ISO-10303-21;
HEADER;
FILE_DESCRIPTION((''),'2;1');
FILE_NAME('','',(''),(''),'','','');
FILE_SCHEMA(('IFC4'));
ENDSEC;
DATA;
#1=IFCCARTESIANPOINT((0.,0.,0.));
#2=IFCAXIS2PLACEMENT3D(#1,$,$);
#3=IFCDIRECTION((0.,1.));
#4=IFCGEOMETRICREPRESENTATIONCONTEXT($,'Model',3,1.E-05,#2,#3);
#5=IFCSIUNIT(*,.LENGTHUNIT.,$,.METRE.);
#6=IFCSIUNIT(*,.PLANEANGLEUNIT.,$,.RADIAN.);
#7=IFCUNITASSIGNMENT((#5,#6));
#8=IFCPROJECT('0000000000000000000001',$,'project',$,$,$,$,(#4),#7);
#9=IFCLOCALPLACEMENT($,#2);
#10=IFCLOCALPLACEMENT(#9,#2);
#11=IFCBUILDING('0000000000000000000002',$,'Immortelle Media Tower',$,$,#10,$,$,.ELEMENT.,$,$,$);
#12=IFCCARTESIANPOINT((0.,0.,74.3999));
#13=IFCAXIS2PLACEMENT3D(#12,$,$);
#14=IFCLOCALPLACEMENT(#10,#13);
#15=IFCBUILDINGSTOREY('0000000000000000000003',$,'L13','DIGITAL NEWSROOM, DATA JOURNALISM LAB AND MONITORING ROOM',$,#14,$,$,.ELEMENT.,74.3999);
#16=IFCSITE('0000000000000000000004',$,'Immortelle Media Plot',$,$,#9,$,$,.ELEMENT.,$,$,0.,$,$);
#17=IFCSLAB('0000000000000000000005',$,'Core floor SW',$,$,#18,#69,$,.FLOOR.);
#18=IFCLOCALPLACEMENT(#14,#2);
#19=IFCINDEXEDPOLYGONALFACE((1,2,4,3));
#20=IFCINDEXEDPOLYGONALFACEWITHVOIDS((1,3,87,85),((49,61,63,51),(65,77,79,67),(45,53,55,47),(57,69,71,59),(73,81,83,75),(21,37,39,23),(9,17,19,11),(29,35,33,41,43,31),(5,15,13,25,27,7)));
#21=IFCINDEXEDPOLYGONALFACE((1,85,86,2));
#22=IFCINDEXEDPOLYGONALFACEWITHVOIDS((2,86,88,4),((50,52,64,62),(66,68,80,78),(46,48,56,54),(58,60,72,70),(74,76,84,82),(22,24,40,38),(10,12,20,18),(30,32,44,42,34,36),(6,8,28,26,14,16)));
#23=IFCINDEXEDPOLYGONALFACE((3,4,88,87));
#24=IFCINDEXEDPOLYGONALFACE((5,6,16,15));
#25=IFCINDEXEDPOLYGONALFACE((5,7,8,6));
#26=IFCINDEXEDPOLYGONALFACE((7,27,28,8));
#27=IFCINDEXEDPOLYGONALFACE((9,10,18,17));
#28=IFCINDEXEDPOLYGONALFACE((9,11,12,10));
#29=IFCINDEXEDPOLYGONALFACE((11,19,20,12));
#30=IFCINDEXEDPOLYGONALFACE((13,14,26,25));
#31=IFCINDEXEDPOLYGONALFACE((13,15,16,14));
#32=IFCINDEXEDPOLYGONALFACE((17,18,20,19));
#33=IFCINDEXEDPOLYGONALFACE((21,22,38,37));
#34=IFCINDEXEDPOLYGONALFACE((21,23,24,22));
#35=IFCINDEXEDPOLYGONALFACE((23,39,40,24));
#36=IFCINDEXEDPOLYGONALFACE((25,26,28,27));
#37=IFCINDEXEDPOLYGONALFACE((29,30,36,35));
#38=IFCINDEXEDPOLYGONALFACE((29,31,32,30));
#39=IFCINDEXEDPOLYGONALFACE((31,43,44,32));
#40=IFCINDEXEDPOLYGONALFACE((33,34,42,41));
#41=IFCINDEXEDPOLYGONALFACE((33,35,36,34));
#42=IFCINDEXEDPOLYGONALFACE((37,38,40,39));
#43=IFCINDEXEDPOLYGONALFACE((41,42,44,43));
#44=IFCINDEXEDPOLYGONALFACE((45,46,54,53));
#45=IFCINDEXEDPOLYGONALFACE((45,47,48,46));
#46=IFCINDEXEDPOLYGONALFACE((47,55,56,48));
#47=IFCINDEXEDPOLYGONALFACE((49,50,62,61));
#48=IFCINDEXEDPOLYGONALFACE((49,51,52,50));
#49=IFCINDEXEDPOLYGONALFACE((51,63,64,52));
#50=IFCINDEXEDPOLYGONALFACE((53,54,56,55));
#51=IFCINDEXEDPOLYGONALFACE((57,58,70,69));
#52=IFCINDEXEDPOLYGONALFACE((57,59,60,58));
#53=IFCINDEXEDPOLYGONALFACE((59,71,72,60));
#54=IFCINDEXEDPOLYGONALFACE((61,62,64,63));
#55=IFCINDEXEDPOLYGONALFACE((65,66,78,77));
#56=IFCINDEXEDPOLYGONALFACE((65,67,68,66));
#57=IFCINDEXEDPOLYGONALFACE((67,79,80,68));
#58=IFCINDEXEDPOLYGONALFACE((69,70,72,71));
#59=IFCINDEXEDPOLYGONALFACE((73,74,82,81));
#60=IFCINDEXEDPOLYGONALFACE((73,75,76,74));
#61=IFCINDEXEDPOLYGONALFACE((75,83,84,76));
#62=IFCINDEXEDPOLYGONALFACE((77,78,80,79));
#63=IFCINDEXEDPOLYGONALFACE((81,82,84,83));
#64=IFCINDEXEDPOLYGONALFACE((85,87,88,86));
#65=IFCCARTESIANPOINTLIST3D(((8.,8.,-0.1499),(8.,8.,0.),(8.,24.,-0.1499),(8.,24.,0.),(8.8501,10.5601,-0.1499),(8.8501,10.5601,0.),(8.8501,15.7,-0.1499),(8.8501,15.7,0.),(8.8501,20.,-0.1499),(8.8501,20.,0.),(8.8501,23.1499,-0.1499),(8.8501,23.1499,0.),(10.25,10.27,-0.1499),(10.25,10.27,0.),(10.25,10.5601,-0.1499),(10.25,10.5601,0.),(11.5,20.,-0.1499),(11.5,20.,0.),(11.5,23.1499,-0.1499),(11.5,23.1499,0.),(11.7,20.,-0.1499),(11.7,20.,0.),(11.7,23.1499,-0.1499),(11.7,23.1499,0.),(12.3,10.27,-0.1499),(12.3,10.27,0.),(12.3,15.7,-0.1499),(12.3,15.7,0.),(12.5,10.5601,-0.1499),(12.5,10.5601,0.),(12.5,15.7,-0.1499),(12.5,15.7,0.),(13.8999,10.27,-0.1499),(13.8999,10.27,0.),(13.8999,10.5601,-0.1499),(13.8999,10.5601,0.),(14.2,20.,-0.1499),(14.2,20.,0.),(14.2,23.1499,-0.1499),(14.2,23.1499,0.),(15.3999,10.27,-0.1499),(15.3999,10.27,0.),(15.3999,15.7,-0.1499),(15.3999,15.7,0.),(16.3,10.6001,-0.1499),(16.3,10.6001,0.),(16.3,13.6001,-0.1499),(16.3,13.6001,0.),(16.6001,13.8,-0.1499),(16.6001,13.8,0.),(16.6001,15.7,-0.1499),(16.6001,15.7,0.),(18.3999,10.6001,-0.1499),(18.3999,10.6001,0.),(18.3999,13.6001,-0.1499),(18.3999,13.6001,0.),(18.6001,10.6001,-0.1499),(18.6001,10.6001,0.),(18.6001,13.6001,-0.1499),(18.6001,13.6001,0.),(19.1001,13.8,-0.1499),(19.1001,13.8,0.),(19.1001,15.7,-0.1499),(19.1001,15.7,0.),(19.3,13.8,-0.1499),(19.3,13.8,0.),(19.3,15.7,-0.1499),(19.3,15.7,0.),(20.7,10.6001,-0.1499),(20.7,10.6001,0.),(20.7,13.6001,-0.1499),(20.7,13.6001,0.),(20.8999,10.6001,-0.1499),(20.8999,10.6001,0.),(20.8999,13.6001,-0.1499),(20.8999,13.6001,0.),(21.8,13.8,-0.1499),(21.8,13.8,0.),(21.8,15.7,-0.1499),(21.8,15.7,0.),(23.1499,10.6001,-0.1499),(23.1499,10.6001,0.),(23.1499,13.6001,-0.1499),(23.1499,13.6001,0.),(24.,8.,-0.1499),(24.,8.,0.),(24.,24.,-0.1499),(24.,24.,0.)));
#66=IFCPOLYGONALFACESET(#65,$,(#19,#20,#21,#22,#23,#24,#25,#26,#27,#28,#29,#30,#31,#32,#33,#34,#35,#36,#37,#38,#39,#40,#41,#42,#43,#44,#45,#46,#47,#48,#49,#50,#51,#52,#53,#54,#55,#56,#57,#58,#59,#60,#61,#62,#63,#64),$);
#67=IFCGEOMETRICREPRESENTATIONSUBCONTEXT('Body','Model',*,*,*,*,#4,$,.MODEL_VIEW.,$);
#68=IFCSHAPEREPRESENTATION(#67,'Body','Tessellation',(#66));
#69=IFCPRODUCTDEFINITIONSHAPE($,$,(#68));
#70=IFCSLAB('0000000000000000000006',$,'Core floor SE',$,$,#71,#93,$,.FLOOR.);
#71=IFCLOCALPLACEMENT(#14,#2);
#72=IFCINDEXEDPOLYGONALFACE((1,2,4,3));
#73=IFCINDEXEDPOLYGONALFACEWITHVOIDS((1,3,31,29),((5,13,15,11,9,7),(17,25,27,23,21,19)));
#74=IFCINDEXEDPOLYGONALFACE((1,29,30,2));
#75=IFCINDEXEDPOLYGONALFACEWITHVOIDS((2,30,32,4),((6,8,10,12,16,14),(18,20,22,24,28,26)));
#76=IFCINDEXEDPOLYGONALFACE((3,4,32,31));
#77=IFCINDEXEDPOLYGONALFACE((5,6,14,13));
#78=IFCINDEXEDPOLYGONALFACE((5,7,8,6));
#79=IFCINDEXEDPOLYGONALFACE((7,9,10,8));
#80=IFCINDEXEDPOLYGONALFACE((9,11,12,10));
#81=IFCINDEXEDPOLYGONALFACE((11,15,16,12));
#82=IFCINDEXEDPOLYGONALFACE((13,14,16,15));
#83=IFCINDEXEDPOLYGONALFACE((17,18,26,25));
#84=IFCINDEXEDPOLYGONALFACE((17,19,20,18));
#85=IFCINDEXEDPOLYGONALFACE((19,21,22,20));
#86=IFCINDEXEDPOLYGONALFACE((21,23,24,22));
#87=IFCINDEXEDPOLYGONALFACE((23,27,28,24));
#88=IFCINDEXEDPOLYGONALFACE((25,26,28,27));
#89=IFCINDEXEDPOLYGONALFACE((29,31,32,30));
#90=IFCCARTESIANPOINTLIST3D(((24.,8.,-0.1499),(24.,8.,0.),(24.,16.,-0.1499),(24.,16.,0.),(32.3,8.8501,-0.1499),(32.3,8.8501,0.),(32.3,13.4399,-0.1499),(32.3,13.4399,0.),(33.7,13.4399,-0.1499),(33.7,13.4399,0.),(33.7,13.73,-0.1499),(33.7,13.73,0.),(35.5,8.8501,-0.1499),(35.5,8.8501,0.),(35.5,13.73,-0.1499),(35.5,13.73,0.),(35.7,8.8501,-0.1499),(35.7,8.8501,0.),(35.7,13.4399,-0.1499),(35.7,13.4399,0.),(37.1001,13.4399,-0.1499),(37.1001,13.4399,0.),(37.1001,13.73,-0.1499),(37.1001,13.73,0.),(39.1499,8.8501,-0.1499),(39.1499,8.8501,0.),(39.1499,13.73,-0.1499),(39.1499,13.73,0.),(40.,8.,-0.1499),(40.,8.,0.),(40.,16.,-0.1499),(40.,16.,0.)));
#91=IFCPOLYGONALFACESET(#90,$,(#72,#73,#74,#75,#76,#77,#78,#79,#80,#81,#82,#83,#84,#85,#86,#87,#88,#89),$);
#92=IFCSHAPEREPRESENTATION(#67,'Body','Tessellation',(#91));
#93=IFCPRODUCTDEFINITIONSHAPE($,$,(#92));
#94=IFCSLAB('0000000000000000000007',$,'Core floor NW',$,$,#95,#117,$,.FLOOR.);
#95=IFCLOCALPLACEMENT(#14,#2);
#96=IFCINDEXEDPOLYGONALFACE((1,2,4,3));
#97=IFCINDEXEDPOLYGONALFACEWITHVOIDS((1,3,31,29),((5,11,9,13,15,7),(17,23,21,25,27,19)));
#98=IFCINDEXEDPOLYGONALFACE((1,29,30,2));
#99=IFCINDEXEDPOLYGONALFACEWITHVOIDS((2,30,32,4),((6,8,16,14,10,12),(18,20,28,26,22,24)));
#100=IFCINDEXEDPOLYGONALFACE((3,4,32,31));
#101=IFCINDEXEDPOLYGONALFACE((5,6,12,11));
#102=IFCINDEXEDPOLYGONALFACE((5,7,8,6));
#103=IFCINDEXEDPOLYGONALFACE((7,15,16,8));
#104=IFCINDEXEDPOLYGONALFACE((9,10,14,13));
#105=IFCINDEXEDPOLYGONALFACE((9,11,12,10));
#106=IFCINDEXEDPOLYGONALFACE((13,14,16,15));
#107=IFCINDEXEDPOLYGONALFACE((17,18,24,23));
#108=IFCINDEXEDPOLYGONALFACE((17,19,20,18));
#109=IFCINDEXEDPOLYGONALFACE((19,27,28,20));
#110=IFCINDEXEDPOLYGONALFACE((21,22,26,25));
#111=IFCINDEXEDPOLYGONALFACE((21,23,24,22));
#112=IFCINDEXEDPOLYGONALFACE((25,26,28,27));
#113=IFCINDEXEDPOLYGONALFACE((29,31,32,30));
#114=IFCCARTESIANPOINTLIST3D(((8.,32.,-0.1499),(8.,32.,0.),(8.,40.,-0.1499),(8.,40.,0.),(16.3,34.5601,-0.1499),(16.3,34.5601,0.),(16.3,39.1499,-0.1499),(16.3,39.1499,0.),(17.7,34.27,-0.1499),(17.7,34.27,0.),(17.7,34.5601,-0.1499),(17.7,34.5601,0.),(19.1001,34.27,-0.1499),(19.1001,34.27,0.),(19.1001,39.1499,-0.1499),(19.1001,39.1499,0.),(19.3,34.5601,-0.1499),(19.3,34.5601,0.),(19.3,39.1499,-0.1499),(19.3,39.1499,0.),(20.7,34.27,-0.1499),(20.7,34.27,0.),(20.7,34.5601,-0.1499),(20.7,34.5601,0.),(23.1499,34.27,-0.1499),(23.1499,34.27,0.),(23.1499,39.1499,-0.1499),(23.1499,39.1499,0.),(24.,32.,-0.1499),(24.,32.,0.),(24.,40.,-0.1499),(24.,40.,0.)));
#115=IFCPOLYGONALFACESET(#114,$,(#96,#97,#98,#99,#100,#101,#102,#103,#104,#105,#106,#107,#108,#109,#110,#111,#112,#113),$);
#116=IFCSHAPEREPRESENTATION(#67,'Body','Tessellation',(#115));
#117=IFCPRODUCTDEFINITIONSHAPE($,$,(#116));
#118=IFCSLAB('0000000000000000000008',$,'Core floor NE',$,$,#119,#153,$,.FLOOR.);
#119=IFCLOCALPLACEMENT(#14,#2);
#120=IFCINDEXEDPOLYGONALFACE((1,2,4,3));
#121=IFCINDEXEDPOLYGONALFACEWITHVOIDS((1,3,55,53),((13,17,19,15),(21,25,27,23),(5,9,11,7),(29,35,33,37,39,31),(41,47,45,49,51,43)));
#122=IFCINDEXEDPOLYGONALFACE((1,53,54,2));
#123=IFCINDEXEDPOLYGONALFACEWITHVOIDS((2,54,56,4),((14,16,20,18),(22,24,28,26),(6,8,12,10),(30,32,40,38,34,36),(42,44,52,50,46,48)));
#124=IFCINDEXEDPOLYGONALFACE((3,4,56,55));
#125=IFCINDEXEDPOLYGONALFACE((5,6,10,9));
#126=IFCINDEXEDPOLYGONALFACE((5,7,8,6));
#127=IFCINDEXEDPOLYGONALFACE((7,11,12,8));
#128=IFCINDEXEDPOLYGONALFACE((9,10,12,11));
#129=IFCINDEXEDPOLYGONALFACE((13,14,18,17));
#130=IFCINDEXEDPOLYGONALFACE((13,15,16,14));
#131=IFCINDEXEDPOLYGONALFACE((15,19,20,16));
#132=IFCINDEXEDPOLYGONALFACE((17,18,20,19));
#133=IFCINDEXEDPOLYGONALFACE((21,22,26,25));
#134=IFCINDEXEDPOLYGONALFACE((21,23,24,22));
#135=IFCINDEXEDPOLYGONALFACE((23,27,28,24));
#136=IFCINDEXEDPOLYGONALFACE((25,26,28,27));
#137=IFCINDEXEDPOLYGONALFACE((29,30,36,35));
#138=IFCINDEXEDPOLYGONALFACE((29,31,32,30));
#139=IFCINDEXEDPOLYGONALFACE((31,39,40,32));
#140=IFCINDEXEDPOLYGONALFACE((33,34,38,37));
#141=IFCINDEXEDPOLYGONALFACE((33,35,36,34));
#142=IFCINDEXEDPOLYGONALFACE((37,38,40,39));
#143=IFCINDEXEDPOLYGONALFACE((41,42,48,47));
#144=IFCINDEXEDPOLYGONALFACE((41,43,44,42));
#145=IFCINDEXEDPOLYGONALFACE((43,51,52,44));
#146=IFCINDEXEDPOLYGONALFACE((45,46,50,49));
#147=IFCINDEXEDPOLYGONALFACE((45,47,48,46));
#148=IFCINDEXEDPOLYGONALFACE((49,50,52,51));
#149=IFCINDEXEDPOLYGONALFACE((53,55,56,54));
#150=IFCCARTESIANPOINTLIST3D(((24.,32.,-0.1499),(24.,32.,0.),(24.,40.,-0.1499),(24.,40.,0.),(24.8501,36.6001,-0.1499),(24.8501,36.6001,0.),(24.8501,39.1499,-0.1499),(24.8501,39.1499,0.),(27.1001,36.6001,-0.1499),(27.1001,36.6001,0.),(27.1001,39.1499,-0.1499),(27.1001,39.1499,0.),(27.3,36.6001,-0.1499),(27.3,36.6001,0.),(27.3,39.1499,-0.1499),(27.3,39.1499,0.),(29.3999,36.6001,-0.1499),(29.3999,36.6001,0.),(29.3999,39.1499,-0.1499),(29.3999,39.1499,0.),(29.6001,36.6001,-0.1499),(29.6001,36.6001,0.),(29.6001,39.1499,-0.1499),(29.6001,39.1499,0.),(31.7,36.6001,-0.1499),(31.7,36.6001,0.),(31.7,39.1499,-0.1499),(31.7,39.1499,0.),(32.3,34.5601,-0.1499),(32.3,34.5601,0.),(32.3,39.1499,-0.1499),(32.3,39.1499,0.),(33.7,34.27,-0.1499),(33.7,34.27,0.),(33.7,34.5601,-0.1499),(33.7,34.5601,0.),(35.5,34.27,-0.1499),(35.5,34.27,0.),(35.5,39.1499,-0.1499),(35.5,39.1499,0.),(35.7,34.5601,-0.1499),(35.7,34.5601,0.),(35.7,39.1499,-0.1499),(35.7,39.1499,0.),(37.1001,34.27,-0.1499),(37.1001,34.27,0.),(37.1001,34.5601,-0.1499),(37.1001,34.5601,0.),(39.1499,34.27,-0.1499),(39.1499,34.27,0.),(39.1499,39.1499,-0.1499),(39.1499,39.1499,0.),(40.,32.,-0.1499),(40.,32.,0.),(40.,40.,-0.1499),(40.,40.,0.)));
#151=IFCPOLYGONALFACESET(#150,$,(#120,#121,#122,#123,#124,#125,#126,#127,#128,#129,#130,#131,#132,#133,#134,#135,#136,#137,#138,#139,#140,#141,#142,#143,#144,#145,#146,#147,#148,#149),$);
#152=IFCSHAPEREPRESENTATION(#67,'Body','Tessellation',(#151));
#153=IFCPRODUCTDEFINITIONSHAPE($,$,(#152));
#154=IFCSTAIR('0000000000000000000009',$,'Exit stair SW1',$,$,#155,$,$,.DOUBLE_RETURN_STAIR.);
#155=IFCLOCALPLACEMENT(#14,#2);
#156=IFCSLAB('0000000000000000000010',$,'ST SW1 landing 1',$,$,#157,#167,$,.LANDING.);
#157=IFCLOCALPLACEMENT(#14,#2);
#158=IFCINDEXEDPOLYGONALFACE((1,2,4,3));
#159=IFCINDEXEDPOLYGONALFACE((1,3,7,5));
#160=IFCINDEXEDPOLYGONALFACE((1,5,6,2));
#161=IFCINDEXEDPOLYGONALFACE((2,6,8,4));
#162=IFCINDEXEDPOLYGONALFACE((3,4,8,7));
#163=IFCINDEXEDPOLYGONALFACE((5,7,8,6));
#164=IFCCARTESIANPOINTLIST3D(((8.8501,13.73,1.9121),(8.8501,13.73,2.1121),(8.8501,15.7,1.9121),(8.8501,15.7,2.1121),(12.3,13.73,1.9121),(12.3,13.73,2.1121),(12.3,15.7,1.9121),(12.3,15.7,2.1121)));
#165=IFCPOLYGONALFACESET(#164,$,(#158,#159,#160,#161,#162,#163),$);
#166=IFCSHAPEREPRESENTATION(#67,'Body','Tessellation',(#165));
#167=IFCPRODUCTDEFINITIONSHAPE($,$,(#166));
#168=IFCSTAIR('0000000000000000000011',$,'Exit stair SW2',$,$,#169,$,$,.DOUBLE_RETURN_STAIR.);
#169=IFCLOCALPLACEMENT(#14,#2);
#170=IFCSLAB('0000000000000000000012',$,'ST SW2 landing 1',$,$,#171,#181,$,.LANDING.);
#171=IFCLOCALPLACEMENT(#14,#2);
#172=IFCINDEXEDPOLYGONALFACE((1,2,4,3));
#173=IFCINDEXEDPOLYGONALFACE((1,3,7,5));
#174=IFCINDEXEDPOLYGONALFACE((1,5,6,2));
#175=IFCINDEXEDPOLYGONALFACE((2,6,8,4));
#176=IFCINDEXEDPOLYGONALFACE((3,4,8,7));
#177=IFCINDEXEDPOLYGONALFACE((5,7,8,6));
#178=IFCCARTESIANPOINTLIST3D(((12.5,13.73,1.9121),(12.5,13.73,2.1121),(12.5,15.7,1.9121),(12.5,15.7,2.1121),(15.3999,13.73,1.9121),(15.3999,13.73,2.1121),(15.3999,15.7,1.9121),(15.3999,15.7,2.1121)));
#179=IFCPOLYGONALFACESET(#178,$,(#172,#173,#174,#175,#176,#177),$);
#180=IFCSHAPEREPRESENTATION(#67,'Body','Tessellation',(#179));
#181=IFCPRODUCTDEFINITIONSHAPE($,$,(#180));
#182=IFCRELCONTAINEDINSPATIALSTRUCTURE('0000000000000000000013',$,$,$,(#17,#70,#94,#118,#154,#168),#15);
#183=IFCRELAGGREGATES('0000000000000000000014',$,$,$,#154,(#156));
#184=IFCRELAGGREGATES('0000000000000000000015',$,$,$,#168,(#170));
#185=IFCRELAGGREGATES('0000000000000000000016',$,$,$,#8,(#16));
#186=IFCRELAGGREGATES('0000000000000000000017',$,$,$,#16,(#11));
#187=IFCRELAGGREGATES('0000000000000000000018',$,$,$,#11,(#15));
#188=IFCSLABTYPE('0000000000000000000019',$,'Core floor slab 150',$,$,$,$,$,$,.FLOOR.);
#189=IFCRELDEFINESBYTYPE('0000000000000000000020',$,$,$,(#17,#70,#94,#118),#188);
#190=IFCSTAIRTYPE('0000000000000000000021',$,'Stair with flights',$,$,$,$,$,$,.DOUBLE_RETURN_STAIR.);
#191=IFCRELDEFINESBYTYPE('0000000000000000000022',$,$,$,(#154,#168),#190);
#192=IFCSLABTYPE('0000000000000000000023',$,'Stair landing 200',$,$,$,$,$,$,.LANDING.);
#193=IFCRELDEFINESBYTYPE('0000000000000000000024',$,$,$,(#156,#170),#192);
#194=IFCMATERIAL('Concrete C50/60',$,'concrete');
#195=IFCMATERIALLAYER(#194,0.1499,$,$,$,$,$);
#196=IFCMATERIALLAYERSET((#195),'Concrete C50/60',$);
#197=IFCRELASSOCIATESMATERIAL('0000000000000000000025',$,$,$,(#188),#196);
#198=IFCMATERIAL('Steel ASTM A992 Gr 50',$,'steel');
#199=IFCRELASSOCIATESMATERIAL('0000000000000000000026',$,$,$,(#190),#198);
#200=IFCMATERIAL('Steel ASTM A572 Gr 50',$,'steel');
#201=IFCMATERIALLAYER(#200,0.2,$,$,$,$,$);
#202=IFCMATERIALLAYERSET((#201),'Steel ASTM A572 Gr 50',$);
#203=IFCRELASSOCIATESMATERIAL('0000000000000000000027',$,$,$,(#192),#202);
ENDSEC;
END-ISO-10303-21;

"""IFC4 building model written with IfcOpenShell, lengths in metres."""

from ifc_helpers import new_model, si_unit, direction, frame, origin, place, context, subcontext, project, spatial, polyline, outline, extrude, material, layer, layer_set, type_object, element, aggregate, save


model = new_model("IFC4")

# Units and contexts
model_context = context("Model", 3, precision=1e-05, world=origin(), true_north=direction((0.0, 1.0)))
body_context = subcontext(model_context, "Body", "Model", "MODEL_VIEW")
ifc_project = project(units=[si_unit("LENGTHUNIT", "METRE"), si_unit("PLANEANGLEUNIT", "RADIAN")], contexts=[model_context])

# Site, building, storey
site_placement = place(None, origin())
site = spatial("IfcSite", under=ifc_project, at=site_placement, Name="Immortelle Media Plot", CompositionType="ELEMENT", RefElevation=0.0)
building_placement = place(site_placement, origin())
building = spatial("IfcBuilding", under=site, at=building_placement, Name="Immortelle Media Tower", CompositionType="ELEMENT")
storey_placement = place(building_placement, frame((0.0, 0.0, 74.3999)))
storey = spatial("IfcBuildingStorey", under=building, at=storey_placement, Name="L13", Description="DIGITAL NEWSROOM, DATA JOURNALISM LAB AND MONITORING ROOM", CompositionType="ELEMENT", Elevation=74.3999)

# Slabs
ifc_material_1 = material(Name="Concrete C50/60", Category="concrete")
ifc_layer_1 = layer(ifc_material_1, 0.1499)
ifc_layer_set_1 = layer_set([ifc_layer_1], Name="Concrete C50/60")
slab_type_1 = type_object("IfcSlabType", Name="Core floor slab 150", PredefinedType="FLOOR", material=ifc_layer_set_1)
slab_1_placement = place(storey_placement, frame((0.0, 0.0, -0.1499)))
element("IfcSlab", 1, at=slab_1_placement, inside=storey, type_object=slab_type_1, Name="Core floor SW", PredefinedType="FLOOR", context=body_context, shape_type="SweptSolid", body=[
    extrude(outline(polyline([(8.0, 8.0), (24.0, 8.0), (24.0, 24.0), (8.0, 24.0), (8.0, 8.0)]), holes=[polyline([(8.8501, 20.0), (11.5, 20.0), (11.5, 23.1499), (8.8501, 23.1499), (8.8501, 20.0)]), polyline([(11.7, 20.0), (14.2, 20.0), (14.2, 23.1499), (11.7, 23.1499), (11.7, 20.0)]), polyline([(16.6001, 13.8), (19.1001, 13.8), (19.1001, 15.7), (16.6001, 15.7), (16.6001, 13.8)]), polyline([(19.3, 13.8), (21.8, 13.8), (21.8, 15.7), (19.3, 15.7), (19.3, 13.8)]), polyline([(16.3, 10.6001), (18.3999, 10.6001), (18.3999, 13.6001), (16.3, 13.6001), (16.3, 10.6001)]), polyline([(18.6001, 10.6001), (20.7, 10.6001), (20.7, 13.6001), (18.6001, 13.6001), (18.6001, 10.6001)]), polyline([(20.8999, 10.6001), (23.1499, 10.6001), (23.1499, 13.6001), (20.8999, 13.6001), (20.8999, 10.6001)]), polyline([(8.8501, 15.7), (12.3, 15.7), (12.3, 10.27), (10.25, 10.27), (10.25, 10.5601), (8.8501, 10.5601), (8.8501, 15.7)]), polyline([(12.5, 15.7), (15.3999, 15.7), (15.3999, 10.27), (13.8999, 10.27), (13.8999, 10.5601), (12.5, 10.5601), (12.5, 15.7)])]), origin(), (0.0, 0.0, 1.0), 0.1499),
])
slab_2_placement = place(storey_placement, frame((0.0, 0.0, -0.1499)))
element("IfcSlab", 2, at=slab_2_placement, inside=storey, type_object=slab_type_1, Name="Core floor SE", PredefinedType="FLOOR", context=body_context, shape_type="SweptSolid", body=[
    extrude(outline(polyline([(24.0, 8.0), (40.0, 8.0), (40.0, 16.0), (24.0, 16.0), (24.0, 8.0)]), holes=[polyline([(35.5, 13.73), (35.5, 8.8501), (32.3, 8.8501), (32.3, 13.4399), (33.7, 13.4399), (33.7, 13.73), (35.5, 13.73)]), polyline([(39.1499, 13.73), (39.1499, 8.8501), (35.7, 8.8501), (35.7, 13.4399), (37.1001, 13.4399), (37.1001, 13.73), (39.1499, 13.73)])]), origin(), (0.0, 0.0, 1.0), 0.1499),
])
slab_3_placement = place(storey_placement, frame((0.0, 0.0, -0.1499)))
element("IfcSlab", 3, at=slab_3_placement, inside=storey, type_object=slab_type_1, Name="Core floor NW", PredefinedType="FLOOR", context=body_context, shape_type="SweptSolid", body=[
    extrude(outline(polyline([(8.0, 32.0), (24.0, 32.0), (24.0, 40.0), (8.0, 40.0), (8.0, 32.0)]), holes=[polyline([(16.3, 39.1499), (19.1001, 39.1499), (19.1001, 34.27), (17.7, 34.27), (17.7, 34.5601), (16.3, 34.5601), (16.3, 39.1499)]), polyline([(19.3, 39.1499), (23.1499, 39.1499), (23.1499, 34.27), (20.7, 34.27), (20.7, 34.5601), (19.3, 34.5601), (19.3, 39.1499)])]), origin(), (0.0, 0.0, 1.0), 0.1499),
])
slab_4_placement = place(storey_placement, frame((0.0, 0.0, -0.1499)))
element("IfcSlab", 4, at=slab_4_placement, inside=storey, type_object=slab_type_1, Name="Core floor NE", PredefinedType="FLOOR", context=body_context, shape_type="SweptSolid", body=[
    extrude(outline(polyline([(24.0, 32.0), (40.0, 32.0), (40.0, 40.0), (24.0, 40.0), (24.0, 32.0)]), holes=[polyline([(24.8501, 36.6001), (27.1001, 36.6001), (27.1001, 39.1499), (24.8501, 39.1499), (24.8501, 36.6001)]), polyline([(27.3, 36.6001), (29.3999, 36.6001), (29.3999, 39.1499), (27.3, 39.1499), (27.3, 36.6001)]), polyline([(29.6001, 36.6001), (31.7, 36.6001), (31.7, 39.1499), (29.6001, 39.1499), (29.6001, 36.6001)]), polyline([(32.3, 39.1499), (35.5, 39.1499), (35.5, 34.27), (33.7, 34.27), (33.7, 34.5601), (32.3, 34.5601), (32.3, 39.1499)]), polyline([(35.7, 39.1499), (39.1499, 39.1499), (39.1499, 34.27), (37.1001, 34.27), (37.1001, 34.5601), (35.7, 34.5601), (35.7, 39.1499)])]), origin(), (0.0, 0.0, 1.0), 0.1499),
])

# Stairs, slabs
ifc_material_2 = material(Name="Steel ASTM A992 Gr 50", Category="steel")
stair_type = type_object("IfcStairType", Name="Stair with flights", PredefinedType="DOUBLE_RETURN_STAIR", material=ifc_material_2)
stair_1_placement = place(storey_placement, origin())
stair_1 = element("IfcStair", 5, at=stair_1_placement, inside=storey, type_object=stair_type, Name="Exit stair SW1", PredefinedType="DOUBLE_RETURN_STAIR")
ifc_material_3 = material(Name="Steel ASTM A572 Gr 50", Category="steel")
ifc_layer_2 = layer(ifc_material_3, 0.2)
ifc_layer_set_2 = layer_set([ifc_layer_2], Name="Steel ASTM A572 Gr 50")
slab_type_2 = type_object("IfcSlabType", Name="Stair landing 200", PredefinedType="LANDING", material=ifc_layer_set_2)
slab_5_placement = place(storey_placement, frame((0.0, 0.0, 1.9121)))
slab_5 = element("IfcSlab", 6, at=slab_5_placement, type_object=slab_type_2, Name="ST SW1 landing 1", PredefinedType="LANDING", context=body_context, shape_type="SweptSolid", body=[
    extrude(outline(polyline([(8.8501, 13.73), (12.3, 13.73), (12.3, 15.7), (8.8501, 15.7), (8.8501, 13.73)])), origin(), (0.0, 0.0, 1.0), 0.2),
])
aggregate(stair_1, [slab_5])
stair_2_placement = place(storey_placement, origin())
stair_2 = element("IfcStair", 7, at=stair_2_placement, inside=storey, type_object=stair_type, Name="Exit stair SW2", PredefinedType="DOUBLE_RETURN_STAIR")
slab_6_placement = place(storey_placement, frame((0.0, 0.0, 1.9121)))
slab_6 = element("IfcSlab", 8, at=slab_6_placement, type_object=slab_type_2, Name="ST SW2 landing 1", PredefinedType="LANDING", context=body_context, shape_type="SweptSolid", body=[
    extrude(outline(polyline([(12.5, 13.73), (15.3999, 13.73), (15.3999, 15.7), (12.5, 15.7), (12.5, 13.73)])), origin(), (0.0, 0.0, 1.0), 0.2),
])
aggregate(stair_2, [slab_6])

save(model, "model.ifc")
